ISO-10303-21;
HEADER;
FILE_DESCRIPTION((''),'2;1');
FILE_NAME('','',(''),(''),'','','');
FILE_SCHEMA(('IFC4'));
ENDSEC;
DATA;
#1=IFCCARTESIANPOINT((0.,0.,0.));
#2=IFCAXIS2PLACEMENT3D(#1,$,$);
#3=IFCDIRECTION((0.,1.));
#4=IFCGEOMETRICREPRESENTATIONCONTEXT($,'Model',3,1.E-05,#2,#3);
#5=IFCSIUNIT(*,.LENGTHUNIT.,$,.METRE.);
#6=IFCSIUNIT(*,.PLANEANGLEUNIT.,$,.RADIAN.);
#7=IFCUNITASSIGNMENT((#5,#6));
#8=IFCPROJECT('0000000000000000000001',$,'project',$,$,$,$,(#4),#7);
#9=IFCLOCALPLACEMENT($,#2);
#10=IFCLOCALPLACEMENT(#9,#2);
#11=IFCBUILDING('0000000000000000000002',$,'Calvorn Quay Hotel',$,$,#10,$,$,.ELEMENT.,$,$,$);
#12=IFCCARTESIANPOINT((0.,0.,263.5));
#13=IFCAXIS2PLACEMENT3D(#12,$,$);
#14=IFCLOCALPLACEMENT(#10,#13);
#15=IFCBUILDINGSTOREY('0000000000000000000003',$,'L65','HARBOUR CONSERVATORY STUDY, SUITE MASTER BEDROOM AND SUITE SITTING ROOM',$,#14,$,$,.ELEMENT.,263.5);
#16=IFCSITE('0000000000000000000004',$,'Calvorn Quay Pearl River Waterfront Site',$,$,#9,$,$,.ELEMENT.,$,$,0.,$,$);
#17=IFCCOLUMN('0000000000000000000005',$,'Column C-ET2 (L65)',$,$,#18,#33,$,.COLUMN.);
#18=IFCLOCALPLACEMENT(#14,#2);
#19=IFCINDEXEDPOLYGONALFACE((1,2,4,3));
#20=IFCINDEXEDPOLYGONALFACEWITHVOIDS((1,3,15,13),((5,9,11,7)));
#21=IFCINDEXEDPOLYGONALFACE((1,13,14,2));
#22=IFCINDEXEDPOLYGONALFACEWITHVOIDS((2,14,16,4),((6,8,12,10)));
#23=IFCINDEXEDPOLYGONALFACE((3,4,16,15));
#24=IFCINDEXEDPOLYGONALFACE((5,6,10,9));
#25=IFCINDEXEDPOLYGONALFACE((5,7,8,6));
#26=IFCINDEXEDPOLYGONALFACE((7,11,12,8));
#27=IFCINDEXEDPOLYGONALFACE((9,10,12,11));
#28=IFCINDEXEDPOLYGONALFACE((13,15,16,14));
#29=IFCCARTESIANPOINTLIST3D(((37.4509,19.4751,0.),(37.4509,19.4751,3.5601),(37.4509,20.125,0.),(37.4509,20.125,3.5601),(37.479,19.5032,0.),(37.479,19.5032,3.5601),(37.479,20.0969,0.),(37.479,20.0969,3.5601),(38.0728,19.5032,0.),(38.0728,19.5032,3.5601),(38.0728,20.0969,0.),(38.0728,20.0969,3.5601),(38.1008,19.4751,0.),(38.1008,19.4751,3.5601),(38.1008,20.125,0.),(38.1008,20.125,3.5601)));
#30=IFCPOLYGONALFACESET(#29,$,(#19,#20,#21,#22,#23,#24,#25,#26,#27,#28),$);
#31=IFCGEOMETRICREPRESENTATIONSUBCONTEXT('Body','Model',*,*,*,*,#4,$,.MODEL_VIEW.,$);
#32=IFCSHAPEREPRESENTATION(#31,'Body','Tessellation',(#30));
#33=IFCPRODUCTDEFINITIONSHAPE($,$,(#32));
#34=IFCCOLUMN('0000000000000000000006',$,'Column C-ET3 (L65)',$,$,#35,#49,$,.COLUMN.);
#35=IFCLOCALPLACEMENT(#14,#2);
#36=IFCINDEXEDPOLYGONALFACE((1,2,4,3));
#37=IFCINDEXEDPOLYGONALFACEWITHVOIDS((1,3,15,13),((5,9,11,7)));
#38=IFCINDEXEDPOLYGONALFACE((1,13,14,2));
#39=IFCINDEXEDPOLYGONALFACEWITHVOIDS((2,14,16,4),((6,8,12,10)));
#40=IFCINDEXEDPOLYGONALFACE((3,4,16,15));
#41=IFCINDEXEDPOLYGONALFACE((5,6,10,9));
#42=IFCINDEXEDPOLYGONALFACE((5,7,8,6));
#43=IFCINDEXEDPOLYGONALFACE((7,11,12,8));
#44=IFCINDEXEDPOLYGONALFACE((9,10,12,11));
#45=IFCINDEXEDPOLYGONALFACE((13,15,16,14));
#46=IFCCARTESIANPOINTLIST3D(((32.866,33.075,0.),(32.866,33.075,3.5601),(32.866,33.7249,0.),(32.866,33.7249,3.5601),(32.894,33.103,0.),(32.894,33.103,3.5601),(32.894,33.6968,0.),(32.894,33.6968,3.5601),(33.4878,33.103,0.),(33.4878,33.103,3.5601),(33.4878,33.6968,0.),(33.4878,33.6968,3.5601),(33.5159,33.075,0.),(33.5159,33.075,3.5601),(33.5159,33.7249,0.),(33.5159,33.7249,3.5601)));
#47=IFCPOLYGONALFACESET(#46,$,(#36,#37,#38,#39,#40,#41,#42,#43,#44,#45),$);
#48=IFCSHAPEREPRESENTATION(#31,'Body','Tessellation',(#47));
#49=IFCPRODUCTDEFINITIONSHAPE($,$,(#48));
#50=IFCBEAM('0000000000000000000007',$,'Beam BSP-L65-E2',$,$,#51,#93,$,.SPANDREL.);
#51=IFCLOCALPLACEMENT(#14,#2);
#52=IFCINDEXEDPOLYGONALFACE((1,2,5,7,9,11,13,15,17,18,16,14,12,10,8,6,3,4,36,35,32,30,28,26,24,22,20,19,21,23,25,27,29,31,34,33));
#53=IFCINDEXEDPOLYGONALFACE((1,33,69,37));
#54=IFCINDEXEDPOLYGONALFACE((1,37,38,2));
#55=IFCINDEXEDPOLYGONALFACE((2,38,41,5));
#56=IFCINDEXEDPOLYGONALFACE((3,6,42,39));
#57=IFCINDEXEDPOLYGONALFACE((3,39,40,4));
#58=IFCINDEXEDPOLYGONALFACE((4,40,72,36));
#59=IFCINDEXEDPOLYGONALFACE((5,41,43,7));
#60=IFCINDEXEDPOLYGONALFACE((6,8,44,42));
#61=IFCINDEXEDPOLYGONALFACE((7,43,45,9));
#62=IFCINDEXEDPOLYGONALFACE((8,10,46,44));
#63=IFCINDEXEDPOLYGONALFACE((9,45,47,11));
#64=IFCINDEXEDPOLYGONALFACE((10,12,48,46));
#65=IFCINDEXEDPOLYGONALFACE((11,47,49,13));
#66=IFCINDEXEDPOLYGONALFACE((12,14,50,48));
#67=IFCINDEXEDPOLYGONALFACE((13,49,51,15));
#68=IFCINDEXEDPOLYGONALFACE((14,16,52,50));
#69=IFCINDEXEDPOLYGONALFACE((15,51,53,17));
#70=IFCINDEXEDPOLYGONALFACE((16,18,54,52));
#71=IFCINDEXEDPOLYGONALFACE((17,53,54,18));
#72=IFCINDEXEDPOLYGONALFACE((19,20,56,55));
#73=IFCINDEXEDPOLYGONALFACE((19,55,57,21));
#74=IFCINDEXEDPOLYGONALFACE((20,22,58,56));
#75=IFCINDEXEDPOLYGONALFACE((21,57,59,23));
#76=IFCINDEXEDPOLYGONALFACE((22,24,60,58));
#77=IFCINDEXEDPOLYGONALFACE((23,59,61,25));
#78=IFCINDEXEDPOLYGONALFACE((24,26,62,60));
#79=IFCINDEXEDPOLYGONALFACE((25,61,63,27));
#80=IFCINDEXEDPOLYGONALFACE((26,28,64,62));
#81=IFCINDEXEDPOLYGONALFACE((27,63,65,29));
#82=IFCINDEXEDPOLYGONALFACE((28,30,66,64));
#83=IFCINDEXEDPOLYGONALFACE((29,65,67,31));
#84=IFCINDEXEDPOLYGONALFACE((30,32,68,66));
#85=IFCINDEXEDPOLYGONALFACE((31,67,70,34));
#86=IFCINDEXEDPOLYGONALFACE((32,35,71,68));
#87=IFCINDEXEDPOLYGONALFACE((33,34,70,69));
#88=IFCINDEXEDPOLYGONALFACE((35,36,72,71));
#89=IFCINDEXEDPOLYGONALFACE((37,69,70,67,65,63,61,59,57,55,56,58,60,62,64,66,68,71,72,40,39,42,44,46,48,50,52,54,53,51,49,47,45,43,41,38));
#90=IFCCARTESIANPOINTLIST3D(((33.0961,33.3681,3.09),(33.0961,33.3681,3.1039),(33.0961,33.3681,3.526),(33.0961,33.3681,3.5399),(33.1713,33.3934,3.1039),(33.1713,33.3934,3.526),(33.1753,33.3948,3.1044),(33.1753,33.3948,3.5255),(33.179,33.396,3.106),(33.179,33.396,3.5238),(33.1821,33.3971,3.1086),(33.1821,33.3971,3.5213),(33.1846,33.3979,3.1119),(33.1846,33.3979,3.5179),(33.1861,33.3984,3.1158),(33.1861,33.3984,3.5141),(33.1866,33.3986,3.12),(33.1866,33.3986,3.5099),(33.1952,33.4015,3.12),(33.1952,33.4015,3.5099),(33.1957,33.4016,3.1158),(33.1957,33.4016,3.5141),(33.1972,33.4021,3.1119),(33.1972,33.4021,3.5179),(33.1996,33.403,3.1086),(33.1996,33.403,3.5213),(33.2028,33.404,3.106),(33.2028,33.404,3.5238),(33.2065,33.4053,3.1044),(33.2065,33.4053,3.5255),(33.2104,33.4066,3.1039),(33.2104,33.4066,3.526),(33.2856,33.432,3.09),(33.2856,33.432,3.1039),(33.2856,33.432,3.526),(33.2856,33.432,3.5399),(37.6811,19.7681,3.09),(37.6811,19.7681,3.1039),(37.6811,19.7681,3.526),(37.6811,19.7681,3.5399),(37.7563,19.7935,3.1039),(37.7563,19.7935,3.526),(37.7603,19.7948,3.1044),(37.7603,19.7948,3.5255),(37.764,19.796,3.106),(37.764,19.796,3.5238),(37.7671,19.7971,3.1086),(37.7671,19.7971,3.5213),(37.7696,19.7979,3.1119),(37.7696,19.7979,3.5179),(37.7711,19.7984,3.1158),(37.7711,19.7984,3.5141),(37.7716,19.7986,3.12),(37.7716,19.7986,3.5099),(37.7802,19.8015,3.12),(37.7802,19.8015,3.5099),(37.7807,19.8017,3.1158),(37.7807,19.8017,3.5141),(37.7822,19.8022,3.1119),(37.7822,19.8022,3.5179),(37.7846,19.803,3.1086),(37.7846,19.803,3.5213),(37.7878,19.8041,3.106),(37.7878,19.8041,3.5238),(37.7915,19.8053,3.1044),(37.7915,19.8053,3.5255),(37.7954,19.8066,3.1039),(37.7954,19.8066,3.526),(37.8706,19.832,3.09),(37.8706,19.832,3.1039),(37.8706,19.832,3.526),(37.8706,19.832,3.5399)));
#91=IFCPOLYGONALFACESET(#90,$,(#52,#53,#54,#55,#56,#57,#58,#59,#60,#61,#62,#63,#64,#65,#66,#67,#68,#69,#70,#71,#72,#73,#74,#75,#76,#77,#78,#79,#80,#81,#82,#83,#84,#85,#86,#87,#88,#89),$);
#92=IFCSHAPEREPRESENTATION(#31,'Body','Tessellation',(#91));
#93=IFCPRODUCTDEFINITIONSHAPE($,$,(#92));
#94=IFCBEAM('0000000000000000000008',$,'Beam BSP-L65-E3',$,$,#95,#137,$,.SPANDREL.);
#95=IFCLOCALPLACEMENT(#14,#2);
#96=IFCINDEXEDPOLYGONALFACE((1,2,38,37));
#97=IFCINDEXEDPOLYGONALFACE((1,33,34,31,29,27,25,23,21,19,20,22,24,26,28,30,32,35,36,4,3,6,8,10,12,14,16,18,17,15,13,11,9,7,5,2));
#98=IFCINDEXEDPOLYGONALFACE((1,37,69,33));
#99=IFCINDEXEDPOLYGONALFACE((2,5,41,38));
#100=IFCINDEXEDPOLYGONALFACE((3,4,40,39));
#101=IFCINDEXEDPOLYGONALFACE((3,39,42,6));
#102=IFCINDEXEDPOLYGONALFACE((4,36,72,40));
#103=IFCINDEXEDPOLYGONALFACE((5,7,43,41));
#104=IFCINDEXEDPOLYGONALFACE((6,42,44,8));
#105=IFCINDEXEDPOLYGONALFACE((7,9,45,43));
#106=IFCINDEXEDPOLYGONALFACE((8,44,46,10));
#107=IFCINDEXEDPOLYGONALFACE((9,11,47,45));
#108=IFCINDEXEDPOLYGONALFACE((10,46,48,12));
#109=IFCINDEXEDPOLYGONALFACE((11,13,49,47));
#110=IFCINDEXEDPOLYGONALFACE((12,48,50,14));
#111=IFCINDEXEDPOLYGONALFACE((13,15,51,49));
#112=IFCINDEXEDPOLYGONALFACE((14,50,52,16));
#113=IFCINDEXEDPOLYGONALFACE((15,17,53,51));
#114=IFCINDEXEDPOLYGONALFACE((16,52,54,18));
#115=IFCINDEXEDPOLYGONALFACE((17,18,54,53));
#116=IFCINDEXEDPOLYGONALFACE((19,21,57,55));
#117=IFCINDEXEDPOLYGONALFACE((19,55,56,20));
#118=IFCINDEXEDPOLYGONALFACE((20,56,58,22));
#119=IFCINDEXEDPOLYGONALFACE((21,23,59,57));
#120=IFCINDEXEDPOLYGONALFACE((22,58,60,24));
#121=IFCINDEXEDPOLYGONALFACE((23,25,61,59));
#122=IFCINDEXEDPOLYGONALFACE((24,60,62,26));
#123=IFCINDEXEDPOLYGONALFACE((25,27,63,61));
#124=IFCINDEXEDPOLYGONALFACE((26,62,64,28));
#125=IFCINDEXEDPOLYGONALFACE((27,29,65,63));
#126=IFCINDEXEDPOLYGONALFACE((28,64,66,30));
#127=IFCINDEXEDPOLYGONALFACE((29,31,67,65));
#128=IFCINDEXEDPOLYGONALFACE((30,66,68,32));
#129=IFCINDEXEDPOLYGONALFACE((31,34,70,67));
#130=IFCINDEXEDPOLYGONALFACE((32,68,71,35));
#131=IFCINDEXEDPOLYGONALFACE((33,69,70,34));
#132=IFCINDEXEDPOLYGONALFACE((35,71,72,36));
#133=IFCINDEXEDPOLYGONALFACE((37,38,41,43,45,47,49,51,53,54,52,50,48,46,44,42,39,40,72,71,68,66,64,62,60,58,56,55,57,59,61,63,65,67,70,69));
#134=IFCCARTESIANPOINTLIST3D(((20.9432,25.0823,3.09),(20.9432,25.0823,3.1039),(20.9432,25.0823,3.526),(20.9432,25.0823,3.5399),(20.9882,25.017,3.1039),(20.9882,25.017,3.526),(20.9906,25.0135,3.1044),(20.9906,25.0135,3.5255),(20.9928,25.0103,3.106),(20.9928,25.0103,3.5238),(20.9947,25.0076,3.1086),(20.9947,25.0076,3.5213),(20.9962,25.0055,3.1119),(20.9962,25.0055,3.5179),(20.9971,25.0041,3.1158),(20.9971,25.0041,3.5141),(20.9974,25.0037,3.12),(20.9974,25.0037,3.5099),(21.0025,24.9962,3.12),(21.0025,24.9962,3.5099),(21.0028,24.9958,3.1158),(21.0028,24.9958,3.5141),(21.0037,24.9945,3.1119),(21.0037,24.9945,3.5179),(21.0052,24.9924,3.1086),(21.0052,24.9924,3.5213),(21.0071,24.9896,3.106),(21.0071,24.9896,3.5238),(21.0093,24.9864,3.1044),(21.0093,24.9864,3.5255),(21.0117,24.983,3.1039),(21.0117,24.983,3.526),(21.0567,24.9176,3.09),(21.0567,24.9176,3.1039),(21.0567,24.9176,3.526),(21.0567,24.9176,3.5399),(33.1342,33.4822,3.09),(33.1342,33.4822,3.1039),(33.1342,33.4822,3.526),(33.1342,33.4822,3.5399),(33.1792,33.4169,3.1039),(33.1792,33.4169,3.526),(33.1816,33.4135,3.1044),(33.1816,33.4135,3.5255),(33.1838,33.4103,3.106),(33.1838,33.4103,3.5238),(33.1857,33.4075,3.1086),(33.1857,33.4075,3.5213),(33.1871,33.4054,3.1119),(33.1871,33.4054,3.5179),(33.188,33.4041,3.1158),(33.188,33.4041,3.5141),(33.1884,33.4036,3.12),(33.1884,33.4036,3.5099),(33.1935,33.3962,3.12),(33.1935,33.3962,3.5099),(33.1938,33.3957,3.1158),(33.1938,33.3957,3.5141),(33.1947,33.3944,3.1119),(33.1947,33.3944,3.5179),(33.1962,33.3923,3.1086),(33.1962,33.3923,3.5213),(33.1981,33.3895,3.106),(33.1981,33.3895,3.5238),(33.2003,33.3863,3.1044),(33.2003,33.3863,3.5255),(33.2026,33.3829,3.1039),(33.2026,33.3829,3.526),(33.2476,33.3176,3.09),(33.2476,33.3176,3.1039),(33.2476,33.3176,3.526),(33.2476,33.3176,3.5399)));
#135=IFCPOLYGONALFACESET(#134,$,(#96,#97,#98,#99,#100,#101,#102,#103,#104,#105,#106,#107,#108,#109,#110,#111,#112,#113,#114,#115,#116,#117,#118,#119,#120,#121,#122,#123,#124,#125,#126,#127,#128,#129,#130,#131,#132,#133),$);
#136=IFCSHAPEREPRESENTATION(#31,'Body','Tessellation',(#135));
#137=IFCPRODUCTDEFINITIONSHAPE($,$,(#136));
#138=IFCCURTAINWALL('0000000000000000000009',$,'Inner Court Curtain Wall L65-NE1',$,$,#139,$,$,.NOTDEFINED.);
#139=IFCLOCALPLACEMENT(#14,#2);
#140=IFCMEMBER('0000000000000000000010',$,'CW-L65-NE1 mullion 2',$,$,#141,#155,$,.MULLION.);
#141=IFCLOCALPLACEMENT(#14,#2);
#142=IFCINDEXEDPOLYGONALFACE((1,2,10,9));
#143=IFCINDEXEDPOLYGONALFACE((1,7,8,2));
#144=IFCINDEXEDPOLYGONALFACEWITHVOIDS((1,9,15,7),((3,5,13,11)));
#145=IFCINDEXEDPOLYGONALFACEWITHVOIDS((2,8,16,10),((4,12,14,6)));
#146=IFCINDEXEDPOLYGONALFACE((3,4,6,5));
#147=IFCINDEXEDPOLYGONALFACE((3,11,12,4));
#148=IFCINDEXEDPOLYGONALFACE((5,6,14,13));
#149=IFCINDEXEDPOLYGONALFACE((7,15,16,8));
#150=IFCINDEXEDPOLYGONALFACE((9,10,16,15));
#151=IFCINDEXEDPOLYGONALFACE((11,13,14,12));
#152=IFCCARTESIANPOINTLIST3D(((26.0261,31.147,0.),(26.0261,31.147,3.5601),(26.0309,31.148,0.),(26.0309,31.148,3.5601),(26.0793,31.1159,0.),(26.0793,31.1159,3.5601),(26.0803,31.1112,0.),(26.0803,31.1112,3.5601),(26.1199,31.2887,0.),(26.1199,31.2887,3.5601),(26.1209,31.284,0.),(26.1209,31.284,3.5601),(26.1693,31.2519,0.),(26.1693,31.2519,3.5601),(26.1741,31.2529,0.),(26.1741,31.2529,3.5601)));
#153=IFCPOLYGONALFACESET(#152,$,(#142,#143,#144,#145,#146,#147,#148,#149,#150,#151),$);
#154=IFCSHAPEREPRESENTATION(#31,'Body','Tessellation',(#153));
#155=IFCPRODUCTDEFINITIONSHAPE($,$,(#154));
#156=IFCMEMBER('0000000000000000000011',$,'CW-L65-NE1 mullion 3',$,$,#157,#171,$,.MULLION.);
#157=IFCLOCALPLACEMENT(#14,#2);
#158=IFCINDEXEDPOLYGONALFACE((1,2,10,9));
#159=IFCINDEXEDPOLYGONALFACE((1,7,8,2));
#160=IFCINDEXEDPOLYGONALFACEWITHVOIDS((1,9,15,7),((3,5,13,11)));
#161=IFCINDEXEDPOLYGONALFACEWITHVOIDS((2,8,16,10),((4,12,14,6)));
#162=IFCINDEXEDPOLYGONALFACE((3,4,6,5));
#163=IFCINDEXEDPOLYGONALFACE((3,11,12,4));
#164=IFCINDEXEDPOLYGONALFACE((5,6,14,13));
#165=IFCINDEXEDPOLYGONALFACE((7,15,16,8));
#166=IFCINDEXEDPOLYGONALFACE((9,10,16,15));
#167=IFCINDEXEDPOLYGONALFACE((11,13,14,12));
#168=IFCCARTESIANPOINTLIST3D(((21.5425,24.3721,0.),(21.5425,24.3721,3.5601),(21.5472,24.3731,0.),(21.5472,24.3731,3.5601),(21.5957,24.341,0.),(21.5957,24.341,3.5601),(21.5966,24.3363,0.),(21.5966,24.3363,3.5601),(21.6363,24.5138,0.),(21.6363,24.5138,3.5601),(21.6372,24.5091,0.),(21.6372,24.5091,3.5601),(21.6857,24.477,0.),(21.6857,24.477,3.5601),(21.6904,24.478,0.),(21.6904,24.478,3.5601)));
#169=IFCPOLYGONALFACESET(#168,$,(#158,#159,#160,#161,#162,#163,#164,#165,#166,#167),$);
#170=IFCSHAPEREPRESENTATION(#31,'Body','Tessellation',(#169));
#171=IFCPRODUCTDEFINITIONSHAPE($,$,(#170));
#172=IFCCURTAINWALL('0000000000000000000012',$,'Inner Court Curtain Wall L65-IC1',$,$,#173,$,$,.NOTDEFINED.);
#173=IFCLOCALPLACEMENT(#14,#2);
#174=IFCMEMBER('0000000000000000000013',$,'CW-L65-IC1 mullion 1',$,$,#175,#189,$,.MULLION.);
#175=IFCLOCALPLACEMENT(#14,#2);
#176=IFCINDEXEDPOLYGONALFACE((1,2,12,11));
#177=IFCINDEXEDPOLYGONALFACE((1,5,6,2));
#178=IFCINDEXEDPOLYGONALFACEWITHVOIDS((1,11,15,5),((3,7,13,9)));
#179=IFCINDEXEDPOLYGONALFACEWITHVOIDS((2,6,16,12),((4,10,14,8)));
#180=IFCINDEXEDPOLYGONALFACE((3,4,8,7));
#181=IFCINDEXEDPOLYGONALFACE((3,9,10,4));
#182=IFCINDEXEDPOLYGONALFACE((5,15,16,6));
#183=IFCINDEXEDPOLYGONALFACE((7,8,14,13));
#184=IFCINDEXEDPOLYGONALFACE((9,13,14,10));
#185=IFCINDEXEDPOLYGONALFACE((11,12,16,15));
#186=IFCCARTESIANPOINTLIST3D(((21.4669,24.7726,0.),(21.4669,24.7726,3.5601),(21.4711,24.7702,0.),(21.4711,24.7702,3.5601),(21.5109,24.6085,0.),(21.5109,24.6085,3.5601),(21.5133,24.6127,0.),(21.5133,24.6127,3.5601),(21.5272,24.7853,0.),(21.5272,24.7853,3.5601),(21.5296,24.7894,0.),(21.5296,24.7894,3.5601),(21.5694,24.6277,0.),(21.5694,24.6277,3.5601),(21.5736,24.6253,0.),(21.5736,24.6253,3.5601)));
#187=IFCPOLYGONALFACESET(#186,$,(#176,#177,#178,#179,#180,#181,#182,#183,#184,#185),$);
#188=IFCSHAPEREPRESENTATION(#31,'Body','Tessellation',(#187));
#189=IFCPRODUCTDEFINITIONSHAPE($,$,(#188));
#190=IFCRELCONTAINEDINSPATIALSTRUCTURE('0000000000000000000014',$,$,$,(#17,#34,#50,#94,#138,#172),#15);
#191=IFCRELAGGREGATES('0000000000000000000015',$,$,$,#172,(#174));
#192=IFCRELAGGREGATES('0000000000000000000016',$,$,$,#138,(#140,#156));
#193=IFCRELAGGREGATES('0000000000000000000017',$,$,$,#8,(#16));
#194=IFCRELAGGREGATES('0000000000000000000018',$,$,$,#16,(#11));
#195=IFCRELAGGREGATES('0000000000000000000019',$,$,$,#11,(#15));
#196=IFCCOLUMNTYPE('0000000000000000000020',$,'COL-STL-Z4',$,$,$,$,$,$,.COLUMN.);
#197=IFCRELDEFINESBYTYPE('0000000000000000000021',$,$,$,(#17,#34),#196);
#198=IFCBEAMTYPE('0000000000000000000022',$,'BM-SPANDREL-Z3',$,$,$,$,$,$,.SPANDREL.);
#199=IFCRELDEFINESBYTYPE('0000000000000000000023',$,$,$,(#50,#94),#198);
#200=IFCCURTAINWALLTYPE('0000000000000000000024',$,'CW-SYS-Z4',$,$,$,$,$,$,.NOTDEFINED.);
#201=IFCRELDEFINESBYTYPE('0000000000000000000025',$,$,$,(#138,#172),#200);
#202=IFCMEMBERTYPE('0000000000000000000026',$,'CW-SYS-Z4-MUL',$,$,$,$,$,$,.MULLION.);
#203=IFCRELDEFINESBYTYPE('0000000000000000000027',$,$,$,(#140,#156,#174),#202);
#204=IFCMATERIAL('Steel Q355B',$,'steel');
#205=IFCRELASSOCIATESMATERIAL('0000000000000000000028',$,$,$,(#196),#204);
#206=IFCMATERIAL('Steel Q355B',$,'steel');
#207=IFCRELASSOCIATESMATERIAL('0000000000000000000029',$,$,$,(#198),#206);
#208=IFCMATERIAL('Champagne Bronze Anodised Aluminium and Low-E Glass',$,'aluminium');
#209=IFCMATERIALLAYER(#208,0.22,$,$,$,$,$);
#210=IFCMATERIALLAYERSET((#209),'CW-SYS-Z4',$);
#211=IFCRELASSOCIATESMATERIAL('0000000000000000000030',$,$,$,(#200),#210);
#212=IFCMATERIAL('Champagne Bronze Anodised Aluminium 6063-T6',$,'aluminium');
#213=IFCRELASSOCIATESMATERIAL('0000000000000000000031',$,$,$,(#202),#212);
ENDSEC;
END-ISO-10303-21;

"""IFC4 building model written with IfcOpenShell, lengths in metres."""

from ifc_helpers import new_model, si_unit, direction, frame, origin, origin_2d, place, context, subcontext, project, spatial, hollow_rectangle, i_section, extrude, material, layer, layer_set, material_profile, profile_set, type_object, element, aggregate, save


model = new_model("IFC4")

# Units and contexts
model_context = context("Model", 3, precision=1e-05, world=origin(), true_north=direction((0.0, 1.0)))
body_context = subcontext(model_context, "Body", "Model", "MODEL_VIEW")
ifc_project = project(units=[si_unit("LENGTHUNIT", "METRE"), si_unit("PLANEANGLEUNIT", "RADIAN")], contexts=[model_context])

# Site, building, storey
site_placement = place(None, origin())
site = spatial("IfcSite", under=ifc_project, at=site_placement, Name="Calvorn Quay Pearl River Waterfront Site", CompositionType="ELEMENT", RefElevation=0.0)
building_placement = place(site_placement, origin())
building = spatial("IfcBuilding", under=site, at=building_placement, Name="Calvorn Quay Hotel", CompositionType="ELEMENT")
storey_placement = place(building_placement, frame((0.0, 0.0, 263.5)))
storey = spatial("IfcBuildingStorey", under=building, at=storey_placement, Name="L65", Description="HARBOUR CONSERVATORY STUDY, SUITE MASTER BEDROOM AND SUITE SITTING ROOM", CompositionType="ELEMENT", Elevation=263.5)

# Columns
ifc_material_1 = material(Name="Steel Q355B", Category="steel")
ifc_material_profile_1 = material_profile(ifc_material_1, hollow_rectangle(XDim=0.6499, YDim=0.6499, WallThickness=0.0281, at=origin_2d()), Name="BOX650x650x28")
ifc_profile_set_1 = profile_set([ifc_material_profile_1], Name="Steel Q355B")
column_type = type_object("IfcColumnType", Name="COL-STL-Z4", PredefinedType="COLUMN", material=ifc_profile_set_1)
for number, where, z_axis, x_axis, name in (
    (1, (37.7759, 19.8, 0.0), (0.0, 0.0, 1.0), (1.0, 0.0, 0.0), "Column C-ET2 (L65)"),
    (2, (33.1909, 33.3999, 0.0), (0.0, 0.0, 1.0), (1.0, 0.0, 0.0), "Column C-ET3 (L65)"),
):
    element("IfcColumn", number, at=place(storey_placement, frame(where, z_axis=z_axis, x_axis=x_axis)), inside=storey, type_object=column_type, Name=name, PredefinedType="COLUMN", context=body_context, shape_type="SweptSolid", body=[
        extrude(hollow_rectangle(XDim=0.6499, YDim=0.6499, WallThickness=0.0281, at=origin_2d()), origin(), (0.0, 0.0, 1.0), 3.5601),
    ])

# Beams
ifc_material_2 = material(Name="Steel Q355B", Category="steel")
ifc_material_profile_2 = material_profile(ifc_material_2, i_section(OverallWidth=0.2, OverallDepth=0.45, WebThickness=0.009, FlangeThickness=0.0139, FilletRadius=0.0161, at=origin_2d()), Name="HN450x200x9x14")
ifc_profile_set_2 = profile_set([ifc_material_profile_2], Name="Steel Q355B")
beam_type = type_object("IfcBeamType", Name="BM-SPANDREL-Z3", PredefinedType="SPANDREL", material=ifc_profile_set_2)
beam_1_placement = place(storey_placement, frame((37.7759, 19.8, 3.3149), z_axis=(-0.319467, 0.947598, 0.0), x_axis=(-0.947598, -0.319467, 0.0)))
element("IfcBeam", 3, at=beam_1_placement, inside=storey, type_object=beam_type, Name="Beam BSP-L65-E2", PredefinedType="SPANDREL", context=body_context, shape_type="SweptSolid", body=[
    extrude(i_section(OverallWidth=0.2, OverallDepth=0.45, WebThickness=0.009, FlangeThickness=0.0139, FilletRadius=0.0161, at=origin_2d()), origin(), (0.0, 0.0, 1.0), 14.3521),
])
beam_2_placement = place(storey_placement, frame((33.1909, 33.3999, 3.3149), z_axis=(-0.823453, -0.567384, 0.0), x_axis=(0.567384, -0.823453, 0.0)))
element("IfcBeam", 4, at=beam_2_placement, inside=storey, type_object=beam_type, Name="Beam BSP-L65-E3", PredefinedType="SPANDREL", context=body_context, shape_type="SweptSolid", body=[
    extrude(i_section(OverallWidth=0.2, OverallDepth=0.45, WebThickness=0.009, FlangeThickness=0.0139, FilletRadius=0.0161, at=origin_2d()), origin(), (0.0, 0.0, 1.0), 14.8047),
])

# Curtain wall, members
ifc_material_3 = material(Name="Champagne Bronze Anodised Aluminium and Low-E Glass", Category="aluminium")
ifc_layer_1 = layer(ifc_material_3, 0.22)
ifc_layer_set_1 = layer_set([ifc_layer_1], Name="CW-SYS-Z4")
curtain_wall_type = type_object("IfcCurtainWallType", Name="CW-SYS-Z4", PredefinedType="NOTDEFINED", material=ifc_layer_set_1)
curtain_wall_1_placement = place(storey_placement, origin())
curtain_wall_1 = element("IfcCurtainWall", 5, at=curtain_wall_1_placement, inside=storey, type_object=curtain_wall_type, Name="Inner Court Curtain Wall L65-NE1", PredefinedType="NOTDEFINED")
ifc_material_4 = material(Name="Champagne Bronze Anodised Aluminium 6063-T6", Category="aluminium")
ifc_material_profile_3 = material_profile(ifc_material_4, hollow_rectangle(XDim=0.0649, YDim=0.1699, WallThickness=0.0034, at=origin_2d()), Name="ALU-M170x65x3.5")
ifc_profile_set_3 = profile_set([ifc_material_profile_3], Name="Champagne Bronze Anodised Aluminium 6063-T6")
member_type_1 = type_object("IfcMemberType", Name="CW-SYS-Z4-MUL", PredefinedType="MULLION", material=ifc_profile_set_3)
member_1_placement = place(storey_placement, frame((26.1001, 31.2, 0.0), z_axis=(0.0, 0.0, 1.0), x_axis=(0.833932, -0.551867, 0.0)))
member_1 = element("IfcMember", 6, at=member_1_placement, type_object=member_type_1, Name="CW-L65-NE1 mullion 2", PredefinedType="MULLION", context=body_context, shape_type="SweptSolid", body=[
    extrude(hollow_rectangle(XDim=0.0649, YDim=0.1699, WallThickness=0.0034, at=origin_2d()), origin(), (0.0, 0.0, 1.0), 3.5601),
])
member_2_placement = place(storey_placement, frame((21.6165, 24.425, 0.0), z_axis=(0.0, 0.0, 1.0), x_axis=(0.833932, -0.551867, 0.0)))
member_2 = element("IfcMember", 7, at=member_2_placement, type_object=member_type_1, Name="CW-L65-NE1 mullion 3", PredefinedType="MULLION", context=body_context, shape_type="SweptSolid", body=[
    extrude(hollow_rectangle(XDim=0.0649, YDim=0.1699, WallThickness=0.0034, at=origin_2d()), origin(), (0.0, 0.0, 1.0), 3.5601),
])

# Curtain wall, member
curtain_wall_2_placement = place(storey_placement, origin())
curtain_wall_2 = element("IfcCurtainWall", 8, at=curtain_wall_2_placement, inside=storey, type_object=curtain_wall_type, Name="Inner Court Curtain Wall L65-IC1", PredefinedType="NOTDEFINED")
member_3_placement = place(storey_placement, frame((21.5203, 24.699, 0.0), z_axis=(0.0, 0.0, 1.0), x_axis=(-0.965937, -0.258779, 0.0)))
member_3 = element("IfcMember", 9, at=member_3_placement, type_object=member_type_1, Name="CW-L65-IC1 mullion 1", PredefinedType="MULLION", context=body_context, shape_type="SweptSolid", body=[
    extrude(hollow_rectangle(XDim=0.0649, YDim=0.1699, WallThickness=0.0034, at=origin_2d()), origin(), (0.0, 0.0, 1.0), 3.5601),
])

aggregate(curtain_wall_2, [member_3])

aggregate(curtain_wall_1, [member_1, member_2])

save(model, "model.ifc")
